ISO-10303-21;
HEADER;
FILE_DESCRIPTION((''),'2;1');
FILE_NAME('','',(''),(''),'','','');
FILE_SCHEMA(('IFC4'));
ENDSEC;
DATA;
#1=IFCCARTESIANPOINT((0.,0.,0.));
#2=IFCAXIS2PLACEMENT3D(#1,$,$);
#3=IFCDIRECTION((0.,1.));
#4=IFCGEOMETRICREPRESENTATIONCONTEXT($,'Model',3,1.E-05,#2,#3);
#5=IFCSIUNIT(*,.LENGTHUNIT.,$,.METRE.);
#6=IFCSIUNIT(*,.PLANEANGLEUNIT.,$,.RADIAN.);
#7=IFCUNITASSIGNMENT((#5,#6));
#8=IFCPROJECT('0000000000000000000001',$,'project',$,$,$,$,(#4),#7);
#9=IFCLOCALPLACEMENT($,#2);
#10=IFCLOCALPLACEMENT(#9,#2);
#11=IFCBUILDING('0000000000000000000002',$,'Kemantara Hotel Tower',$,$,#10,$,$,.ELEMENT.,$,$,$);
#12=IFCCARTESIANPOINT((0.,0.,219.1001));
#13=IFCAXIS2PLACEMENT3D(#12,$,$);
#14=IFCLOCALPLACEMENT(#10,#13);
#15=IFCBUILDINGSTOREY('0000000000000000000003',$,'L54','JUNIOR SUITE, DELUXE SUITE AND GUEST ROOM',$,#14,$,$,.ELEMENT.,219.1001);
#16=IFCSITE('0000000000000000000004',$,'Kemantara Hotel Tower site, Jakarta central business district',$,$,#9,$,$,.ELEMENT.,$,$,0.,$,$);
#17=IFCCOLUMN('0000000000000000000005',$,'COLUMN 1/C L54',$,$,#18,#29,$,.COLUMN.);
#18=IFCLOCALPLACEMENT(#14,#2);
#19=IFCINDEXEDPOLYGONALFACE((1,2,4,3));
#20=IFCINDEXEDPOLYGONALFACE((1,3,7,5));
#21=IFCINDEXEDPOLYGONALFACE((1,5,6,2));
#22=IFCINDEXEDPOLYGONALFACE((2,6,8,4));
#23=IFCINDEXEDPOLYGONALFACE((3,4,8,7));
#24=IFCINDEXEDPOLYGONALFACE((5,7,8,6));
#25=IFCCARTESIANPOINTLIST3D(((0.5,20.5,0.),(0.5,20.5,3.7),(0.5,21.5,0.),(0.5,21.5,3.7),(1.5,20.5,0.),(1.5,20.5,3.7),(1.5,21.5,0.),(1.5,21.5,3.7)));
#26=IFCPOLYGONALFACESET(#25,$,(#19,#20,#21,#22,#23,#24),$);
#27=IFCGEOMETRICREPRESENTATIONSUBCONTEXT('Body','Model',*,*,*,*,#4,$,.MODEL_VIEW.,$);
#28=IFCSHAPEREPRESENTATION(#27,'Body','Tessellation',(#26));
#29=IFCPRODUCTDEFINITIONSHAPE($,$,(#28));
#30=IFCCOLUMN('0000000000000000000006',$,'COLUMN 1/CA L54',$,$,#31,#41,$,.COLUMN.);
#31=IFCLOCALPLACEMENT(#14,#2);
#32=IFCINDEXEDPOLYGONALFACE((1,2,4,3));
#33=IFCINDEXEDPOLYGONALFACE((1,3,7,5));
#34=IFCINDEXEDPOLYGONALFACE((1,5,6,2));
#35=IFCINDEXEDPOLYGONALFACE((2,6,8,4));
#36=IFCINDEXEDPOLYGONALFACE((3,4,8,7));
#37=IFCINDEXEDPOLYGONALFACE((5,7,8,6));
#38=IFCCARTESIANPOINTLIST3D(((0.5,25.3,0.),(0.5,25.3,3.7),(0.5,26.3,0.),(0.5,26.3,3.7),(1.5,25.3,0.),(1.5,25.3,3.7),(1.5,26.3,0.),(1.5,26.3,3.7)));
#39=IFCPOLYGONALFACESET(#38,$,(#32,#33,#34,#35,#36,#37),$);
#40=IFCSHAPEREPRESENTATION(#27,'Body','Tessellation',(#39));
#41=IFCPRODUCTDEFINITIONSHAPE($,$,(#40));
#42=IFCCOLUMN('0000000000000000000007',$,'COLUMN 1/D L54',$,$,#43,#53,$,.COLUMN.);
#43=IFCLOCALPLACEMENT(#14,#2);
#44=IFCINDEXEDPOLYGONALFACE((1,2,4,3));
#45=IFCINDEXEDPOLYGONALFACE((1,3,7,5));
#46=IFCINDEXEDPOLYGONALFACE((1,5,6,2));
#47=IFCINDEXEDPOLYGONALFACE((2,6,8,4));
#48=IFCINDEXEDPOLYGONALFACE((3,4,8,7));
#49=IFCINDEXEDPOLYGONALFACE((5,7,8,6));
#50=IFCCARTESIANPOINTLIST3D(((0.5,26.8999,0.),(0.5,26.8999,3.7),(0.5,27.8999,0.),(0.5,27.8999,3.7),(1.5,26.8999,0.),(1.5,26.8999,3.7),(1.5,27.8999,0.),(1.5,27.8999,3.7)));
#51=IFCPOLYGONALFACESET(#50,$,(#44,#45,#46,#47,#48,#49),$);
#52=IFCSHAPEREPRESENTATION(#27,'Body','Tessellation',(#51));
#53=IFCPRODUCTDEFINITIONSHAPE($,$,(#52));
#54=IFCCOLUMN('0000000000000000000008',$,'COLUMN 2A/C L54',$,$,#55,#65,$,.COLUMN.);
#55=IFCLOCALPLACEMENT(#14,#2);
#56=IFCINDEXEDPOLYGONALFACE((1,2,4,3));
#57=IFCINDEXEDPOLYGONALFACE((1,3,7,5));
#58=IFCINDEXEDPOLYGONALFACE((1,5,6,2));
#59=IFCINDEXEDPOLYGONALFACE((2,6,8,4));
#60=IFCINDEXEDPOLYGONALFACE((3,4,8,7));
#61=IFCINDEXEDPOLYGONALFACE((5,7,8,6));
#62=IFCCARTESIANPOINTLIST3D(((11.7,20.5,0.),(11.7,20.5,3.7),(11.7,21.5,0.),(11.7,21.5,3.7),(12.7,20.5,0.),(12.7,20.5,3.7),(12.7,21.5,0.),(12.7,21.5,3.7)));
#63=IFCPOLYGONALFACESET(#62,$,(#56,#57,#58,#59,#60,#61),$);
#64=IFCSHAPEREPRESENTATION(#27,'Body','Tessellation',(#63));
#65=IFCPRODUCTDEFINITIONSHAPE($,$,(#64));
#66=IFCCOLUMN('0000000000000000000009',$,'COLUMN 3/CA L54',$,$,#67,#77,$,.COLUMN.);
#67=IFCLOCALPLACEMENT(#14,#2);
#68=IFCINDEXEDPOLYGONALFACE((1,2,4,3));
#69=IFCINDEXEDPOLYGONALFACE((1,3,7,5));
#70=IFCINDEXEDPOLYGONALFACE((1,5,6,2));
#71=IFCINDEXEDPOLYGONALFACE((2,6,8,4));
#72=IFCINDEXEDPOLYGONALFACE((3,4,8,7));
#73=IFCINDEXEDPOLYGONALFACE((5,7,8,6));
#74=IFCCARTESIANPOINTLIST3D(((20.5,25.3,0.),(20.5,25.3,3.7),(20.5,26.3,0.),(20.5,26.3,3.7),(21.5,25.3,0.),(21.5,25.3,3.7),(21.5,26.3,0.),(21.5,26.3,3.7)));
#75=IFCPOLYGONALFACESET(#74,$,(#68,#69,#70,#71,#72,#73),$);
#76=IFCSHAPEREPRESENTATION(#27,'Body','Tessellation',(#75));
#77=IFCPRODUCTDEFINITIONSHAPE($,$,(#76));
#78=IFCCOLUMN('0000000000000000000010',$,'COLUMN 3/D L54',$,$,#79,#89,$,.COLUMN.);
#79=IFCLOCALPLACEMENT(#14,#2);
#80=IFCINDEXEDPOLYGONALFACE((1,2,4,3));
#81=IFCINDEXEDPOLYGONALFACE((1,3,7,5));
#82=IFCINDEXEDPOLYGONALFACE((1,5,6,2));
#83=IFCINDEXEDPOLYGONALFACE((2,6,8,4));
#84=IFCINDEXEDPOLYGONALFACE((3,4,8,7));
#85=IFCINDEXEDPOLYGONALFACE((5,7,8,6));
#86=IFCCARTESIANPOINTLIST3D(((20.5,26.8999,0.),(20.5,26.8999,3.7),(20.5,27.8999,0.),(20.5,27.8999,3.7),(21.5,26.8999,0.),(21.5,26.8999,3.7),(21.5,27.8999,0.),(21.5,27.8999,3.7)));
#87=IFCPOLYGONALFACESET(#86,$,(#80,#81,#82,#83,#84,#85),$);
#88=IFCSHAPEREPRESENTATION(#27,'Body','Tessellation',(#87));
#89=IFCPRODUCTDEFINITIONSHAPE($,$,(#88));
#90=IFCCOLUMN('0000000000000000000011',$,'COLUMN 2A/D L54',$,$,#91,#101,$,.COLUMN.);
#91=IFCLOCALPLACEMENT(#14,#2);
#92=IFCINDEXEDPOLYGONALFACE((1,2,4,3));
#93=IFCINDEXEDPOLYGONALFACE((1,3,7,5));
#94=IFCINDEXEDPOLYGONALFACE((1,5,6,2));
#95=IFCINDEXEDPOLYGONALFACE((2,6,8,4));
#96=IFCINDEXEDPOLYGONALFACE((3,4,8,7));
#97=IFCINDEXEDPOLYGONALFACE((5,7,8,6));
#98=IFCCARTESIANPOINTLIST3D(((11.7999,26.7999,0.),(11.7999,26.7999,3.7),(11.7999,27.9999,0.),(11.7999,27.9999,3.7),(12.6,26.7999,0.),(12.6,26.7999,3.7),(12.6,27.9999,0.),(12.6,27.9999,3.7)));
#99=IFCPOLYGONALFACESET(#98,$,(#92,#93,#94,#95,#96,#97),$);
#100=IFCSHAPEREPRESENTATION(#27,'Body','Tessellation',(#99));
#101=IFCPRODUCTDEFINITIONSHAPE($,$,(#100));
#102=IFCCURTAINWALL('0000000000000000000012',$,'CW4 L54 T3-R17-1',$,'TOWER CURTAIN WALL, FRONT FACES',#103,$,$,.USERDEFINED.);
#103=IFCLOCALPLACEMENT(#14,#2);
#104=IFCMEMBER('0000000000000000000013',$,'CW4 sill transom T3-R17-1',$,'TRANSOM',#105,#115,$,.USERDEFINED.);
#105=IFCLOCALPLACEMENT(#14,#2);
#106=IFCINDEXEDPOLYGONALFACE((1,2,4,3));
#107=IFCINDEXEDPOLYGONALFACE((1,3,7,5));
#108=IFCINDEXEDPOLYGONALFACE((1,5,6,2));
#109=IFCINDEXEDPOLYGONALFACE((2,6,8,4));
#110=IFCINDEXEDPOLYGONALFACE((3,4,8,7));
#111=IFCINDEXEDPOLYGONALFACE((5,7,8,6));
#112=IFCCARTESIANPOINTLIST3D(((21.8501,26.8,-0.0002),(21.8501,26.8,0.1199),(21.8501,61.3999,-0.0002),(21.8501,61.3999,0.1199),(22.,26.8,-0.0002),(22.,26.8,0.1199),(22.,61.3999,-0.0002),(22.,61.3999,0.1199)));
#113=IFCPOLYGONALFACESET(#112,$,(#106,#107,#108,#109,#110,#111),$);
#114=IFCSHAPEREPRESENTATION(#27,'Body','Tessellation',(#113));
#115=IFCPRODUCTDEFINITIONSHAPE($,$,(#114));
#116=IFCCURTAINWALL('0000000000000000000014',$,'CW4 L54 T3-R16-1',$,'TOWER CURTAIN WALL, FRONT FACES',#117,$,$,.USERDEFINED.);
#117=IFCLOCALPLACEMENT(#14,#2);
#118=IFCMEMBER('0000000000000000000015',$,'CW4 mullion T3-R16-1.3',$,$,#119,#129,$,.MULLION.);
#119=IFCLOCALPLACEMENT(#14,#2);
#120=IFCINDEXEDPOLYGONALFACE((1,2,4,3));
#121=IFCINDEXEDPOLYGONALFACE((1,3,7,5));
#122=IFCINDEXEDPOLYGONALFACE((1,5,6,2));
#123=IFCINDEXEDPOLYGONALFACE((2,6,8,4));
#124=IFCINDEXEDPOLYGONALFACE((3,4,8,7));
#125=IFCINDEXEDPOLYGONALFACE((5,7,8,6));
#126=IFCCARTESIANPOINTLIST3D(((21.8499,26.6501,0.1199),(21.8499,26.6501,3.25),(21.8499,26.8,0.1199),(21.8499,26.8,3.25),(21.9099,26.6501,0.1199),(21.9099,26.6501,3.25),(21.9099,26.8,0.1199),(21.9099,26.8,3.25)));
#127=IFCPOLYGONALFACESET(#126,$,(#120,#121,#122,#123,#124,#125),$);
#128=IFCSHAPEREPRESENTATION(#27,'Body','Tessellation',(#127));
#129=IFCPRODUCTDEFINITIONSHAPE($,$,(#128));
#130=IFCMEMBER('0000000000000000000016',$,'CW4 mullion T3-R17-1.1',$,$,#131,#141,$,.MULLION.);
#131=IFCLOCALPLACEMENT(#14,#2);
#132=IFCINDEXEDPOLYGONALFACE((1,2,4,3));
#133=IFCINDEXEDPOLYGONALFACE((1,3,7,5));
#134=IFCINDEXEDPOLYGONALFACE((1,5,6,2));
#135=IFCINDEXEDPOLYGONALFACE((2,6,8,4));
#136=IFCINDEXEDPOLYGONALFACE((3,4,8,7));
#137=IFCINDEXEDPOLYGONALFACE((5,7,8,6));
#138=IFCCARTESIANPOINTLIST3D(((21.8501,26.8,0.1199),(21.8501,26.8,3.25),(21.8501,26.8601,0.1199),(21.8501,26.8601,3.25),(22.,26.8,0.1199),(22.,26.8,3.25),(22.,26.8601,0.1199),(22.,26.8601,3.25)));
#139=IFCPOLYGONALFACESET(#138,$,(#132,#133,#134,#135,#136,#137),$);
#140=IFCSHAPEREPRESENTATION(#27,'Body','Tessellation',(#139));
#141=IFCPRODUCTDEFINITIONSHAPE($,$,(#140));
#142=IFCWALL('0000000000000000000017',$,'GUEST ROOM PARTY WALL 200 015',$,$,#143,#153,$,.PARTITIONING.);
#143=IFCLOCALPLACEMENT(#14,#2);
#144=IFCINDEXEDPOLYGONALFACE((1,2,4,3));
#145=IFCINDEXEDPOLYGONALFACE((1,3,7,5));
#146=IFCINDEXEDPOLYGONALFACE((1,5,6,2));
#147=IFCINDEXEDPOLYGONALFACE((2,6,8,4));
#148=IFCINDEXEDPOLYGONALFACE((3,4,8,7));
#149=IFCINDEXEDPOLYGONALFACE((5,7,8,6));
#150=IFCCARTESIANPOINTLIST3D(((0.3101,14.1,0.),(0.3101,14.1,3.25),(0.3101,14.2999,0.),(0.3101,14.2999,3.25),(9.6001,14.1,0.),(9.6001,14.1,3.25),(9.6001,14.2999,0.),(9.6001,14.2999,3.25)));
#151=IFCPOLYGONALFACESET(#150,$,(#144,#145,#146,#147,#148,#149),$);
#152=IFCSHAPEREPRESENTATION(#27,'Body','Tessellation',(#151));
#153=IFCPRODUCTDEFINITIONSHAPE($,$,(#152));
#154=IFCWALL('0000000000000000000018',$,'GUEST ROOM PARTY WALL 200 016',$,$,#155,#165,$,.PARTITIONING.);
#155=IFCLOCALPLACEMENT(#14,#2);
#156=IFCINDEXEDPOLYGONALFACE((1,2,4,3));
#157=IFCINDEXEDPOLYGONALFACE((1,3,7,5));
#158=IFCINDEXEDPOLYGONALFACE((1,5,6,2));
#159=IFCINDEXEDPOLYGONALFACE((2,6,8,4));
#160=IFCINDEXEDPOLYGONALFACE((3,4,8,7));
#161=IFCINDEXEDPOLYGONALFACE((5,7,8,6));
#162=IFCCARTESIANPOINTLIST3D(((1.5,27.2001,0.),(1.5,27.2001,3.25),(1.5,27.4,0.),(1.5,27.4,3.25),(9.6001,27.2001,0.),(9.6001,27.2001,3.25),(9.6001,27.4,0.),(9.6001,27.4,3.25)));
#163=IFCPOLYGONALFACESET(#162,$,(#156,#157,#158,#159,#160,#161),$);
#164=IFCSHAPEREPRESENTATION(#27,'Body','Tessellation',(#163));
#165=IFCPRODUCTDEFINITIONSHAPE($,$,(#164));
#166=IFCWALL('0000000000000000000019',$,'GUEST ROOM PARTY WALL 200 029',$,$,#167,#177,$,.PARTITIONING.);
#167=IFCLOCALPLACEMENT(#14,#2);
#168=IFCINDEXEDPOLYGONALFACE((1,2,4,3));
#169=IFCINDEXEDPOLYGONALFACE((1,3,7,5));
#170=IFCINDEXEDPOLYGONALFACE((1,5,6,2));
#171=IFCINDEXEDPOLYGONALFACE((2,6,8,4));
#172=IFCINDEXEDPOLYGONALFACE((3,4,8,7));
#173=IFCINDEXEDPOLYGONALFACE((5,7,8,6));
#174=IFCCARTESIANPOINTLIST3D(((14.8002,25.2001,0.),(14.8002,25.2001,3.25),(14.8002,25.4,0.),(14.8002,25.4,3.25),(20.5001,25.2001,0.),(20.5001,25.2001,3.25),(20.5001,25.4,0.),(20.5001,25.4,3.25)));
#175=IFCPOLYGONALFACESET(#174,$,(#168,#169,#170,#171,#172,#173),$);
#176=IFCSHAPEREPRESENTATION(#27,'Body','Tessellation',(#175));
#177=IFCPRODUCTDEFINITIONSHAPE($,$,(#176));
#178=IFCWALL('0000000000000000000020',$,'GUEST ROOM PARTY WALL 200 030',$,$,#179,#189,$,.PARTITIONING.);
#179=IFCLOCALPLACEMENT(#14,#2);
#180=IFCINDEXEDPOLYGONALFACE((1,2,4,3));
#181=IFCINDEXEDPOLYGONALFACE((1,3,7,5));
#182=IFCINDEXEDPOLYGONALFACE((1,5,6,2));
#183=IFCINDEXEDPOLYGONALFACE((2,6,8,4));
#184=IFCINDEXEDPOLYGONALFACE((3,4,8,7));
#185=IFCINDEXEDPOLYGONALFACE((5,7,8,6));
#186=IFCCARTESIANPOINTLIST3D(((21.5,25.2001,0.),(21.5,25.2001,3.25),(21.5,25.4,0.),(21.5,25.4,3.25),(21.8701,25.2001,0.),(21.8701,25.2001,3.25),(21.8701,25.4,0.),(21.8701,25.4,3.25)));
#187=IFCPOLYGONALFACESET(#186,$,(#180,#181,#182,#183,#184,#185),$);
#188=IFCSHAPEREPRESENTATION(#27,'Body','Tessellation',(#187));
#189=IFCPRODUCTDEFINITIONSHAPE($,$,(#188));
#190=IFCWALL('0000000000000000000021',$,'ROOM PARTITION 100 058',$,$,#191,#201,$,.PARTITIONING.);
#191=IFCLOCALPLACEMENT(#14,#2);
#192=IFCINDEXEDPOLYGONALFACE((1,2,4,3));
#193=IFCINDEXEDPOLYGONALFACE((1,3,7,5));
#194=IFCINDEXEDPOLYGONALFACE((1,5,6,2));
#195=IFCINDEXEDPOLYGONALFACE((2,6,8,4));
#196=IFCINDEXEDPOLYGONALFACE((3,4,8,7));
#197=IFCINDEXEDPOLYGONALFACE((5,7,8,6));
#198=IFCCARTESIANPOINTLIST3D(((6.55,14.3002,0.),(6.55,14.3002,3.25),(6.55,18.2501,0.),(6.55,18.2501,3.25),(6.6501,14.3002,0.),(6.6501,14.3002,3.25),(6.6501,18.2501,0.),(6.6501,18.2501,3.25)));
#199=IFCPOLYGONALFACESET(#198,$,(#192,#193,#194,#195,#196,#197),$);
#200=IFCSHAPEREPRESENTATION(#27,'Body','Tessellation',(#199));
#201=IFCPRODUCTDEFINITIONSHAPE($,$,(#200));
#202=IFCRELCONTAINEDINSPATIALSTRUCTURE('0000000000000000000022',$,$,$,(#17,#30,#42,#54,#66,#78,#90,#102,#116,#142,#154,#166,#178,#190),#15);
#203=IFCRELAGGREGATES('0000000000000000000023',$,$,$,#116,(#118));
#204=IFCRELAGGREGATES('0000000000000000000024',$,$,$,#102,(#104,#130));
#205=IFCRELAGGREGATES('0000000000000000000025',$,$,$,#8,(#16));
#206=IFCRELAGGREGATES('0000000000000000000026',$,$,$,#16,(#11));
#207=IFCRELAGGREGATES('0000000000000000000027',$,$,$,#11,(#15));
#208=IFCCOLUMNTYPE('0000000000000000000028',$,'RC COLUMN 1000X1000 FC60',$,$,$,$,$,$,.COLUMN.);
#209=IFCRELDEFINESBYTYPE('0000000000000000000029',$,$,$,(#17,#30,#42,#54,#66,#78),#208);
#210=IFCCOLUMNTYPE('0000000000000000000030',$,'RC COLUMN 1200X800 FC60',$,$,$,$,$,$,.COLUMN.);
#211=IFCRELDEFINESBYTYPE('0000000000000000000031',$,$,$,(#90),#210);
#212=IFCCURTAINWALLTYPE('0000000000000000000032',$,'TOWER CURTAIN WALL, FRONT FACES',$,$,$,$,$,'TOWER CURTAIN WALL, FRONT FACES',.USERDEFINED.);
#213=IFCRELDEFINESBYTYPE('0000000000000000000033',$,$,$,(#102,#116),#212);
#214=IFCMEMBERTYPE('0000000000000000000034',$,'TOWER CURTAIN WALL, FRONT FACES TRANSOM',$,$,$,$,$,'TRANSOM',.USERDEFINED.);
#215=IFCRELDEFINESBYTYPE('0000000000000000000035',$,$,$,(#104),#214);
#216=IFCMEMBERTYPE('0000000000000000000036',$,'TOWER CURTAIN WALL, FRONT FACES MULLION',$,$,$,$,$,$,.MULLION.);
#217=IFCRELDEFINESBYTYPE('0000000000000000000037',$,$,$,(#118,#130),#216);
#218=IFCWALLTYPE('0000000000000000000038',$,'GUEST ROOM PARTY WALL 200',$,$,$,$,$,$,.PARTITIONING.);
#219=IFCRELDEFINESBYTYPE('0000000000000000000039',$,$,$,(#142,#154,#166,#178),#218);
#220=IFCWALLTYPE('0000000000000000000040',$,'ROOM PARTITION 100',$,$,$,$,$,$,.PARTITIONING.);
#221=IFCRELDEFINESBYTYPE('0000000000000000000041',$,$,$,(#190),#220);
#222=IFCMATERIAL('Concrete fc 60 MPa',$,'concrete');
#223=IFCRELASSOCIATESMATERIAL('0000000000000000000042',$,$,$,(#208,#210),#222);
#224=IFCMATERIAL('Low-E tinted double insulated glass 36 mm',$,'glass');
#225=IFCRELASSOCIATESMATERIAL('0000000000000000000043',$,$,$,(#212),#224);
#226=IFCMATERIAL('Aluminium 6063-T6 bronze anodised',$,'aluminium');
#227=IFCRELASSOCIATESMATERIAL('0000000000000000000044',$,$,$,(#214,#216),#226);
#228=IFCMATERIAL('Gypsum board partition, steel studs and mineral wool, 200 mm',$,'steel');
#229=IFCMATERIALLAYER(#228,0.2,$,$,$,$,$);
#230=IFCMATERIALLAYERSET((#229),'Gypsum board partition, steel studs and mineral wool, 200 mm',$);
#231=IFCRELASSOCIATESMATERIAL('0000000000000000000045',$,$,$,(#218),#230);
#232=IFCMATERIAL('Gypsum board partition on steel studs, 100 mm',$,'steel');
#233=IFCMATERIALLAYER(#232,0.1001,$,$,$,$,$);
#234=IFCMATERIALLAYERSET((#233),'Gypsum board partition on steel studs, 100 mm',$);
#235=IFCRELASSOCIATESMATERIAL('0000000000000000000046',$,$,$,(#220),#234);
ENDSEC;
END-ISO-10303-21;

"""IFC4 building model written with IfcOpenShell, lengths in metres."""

from ifc_helpers import new_model, si_unit, direction, frame, frame_2d, origin, origin_2d, place, context, subcontext, project, spatial, rectangle, extrude, source, transform, mapped, material, layer, layer_set, material_profile, profile_set, type_object, element, aggregate, save


model = new_model("IFC4")

# Units and contexts
model_context = context("Model", 3, precision=1e-05, world=origin(), true_north=direction((0.0, 1.0)))
body_context = subcontext(model_context, "Body", "Model", "MODEL_VIEW")
ifc_project = project(units=[si_unit("LENGTHUNIT", "METRE"), si_unit("PLANEANGLEUNIT", "RADIAN")], contexts=[model_context])

# Site, building, storey
site_placement = place(None, origin())
site = spatial("IfcSite", under=ifc_project, at=site_placement, Name="Kemantara Hotel Tower site, Jakarta central business district", CompositionType="ELEMENT", RefElevation=0.0)
building_placement = place(site_placement, origin())
building = spatial("IfcBuilding", under=site, at=building_placement, Name="Kemantara Hotel Tower", CompositionType="ELEMENT")
storey_placement = place(building_placement, frame((0.0, 0.0, 219.1001)))
storey = spatial("IfcBuildingStorey", under=building, at=storey_placement, Name="L54", Description="JUNIOR SUITE, DELUXE SUITE AND GUEST ROOM", CompositionType="ELEMENT", Elevation=219.1001)

# Columns
ifc_material_1 = material(Name="Concrete fc 60 MPa", Category="concrete")
ifc_material_profile_1 = material_profile(ifc_material_1, rectangle(XDim=1.0, YDim=1.0, at=origin_2d()), Name="RC 1000X1000")
ifc_profile_set_1 = profile_set([ifc_material_profile_1], Name="Concrete fc 60 MPa")
column_type_1 = type_object("IfcColumnType", Name="RC COLUMN 1000X1000 FC60", PredefinedType="COLUMN", material=ifc_profile_set_1)
for number, where, z_axis, x_axis, name in (
    (1, (1.0, 21.0, 0.0), (0.0, 0.0, 1.0), (1.0, 0.0, 0.0), "COLUMN 1/C L54"),
    (2, (1.0, 25.8, 0.0), (0.0, 0.0, 1.0), (1.0, 0.0, 0.0), "COLUMN 1/CA L54"),
    (3, (1.0, 27.3999, 0.0), (0.0, 0.0, 1.0), (1.0, 0.0, 0.0), "COLUMN 1/D L54"),
    (4, (12.2, 21.0, 0.0), (0.0, 0.0, 1.0), (1.0, 0.0, 0.0), "COLUMN 2A/C L54"),
    (5, (21.0, 25.8, 0.0), (0.0, 0.0, 1.0), (1.0, 0.0, 0.0), "COLUMN 3/CA L54"),
    (6, (21.0, 27.3999, 0.0), (0.0, 0.0, 1.0), (1.0, 0.0, 0.0), "COLUMN 3/D L54"),
):
    element("IfcColumn", number, at=place(storey_placement, frame(where, z_axis=z_axis, x_axis=x_axis)), inside=storey, type_object=column_type_1, Name=name, PredefinedType="COLUMN", context=body_context, shape_type="SweptSolid", body=[
        extrude(rectangle(XDim=1.0, YDim=1.0, at=origin_2d()), origin(), (0.0, 0.0, 1.0), 3.7),
    ])
ifc_material_profile_2 = material_profile(ifc_material_1, rectangle(XDim=1.2, YDim=0.8, at=origin_2d()), Name="RC 1200X800")
ifc_profile_set_2 = profile_set([ifc_material_profile_2], Name="Concrete fc 60 MPa")
column_type_2 = type_object("IfcColumnType", Name="RC COLUMN 1200X800 FC60", PredefinedType="COLUMN", material=ifc_profile_set_2)
column_placement = place(storey_placement, frame((12.2, 27.3999, 0.0), z_axis=(0.0, 0.0, 1.0), x_axis=(0.0, 1.0, 0.0)))
element("IfcColumn", 7, at=column_placement, inside=storey, type_object=column_type_2, Name="COLUMN 2A/D L54", PredefinedType="COLUMN", context=body_context, shape_type="SweptSolid", body=[
    extrude(rectangle(XDim=1.2, YDim=0.8, at=origin_2d()), origin(), (0.0, 0.0, 1.0), 3.7),
])

# Curtain walls, members
ifc_material_2 = material(Name="Low-E tinted double insulated glass 36 mm", Category="glass")
curtain_wall_type = type_object("IfcCurtainWallType", Name="TOWER CURTAIN WALL, FRONT FACES", ElementType="TOWER CURTAIN WALL, FRONT FACES", PredefinedType="USERDEFINED", material=ifc_material_2)
curtain_wall_1_placement = place(storey_placement, origin())
curtain_wall_1 = element("IfcCurtainWall", 8, at=curtain_wall_1_placement, inside=storey, type_object=curtain_wall_type, Name="CW4 L54 T3-R17-1", ObjectType="TOWER CURTAIN WALL, FRONT FACES", PredefinedType="USERDEFINED")
ifc_material_3 = material(Name="Aluminium 6063-T6 bronze anodised", Category="aluminium")
ifc_material_profile_3 = material_profile(ifc_material_3, rectangle(XDim=0.1499, YDim=0.1201, at=origin_2d()), Name="TOWER CURTAIN WALL, FRONT FACES TRANSOM")
ifc_profile_set_3 = profile_set([ifc_material_profile_3], Name="Aluminium 6063-T6 bronze anodised")
member_type_1 = type_object("IfcMemberType", Name="TOWER CURTAIN WALL, FRONT FACES TRANSOM", ElementType="TRANSOM", PredefinedType="USERDEFINED", material=ifc_profile_set_3)
member_1_placement = place(storey_placement, frame((21.925, 26.8, 0.0598), z_axis=(0.0, 1.0, 0.0), x_axis=(-1.0, 0.0, 0.0)))
member_1 = element("IfcMember", 9, at=member_1_placement, type_object=member_type_1, Name="CW4 sill transom T3-R17-1", ObjectType="TRANSOM", PredefinedType="USERDEFINED", context=body_context, shape_type="SweptSolid", body=[
    extrude(rectangle(XDim=0.1499, YDim=0.1201, at=origin_2d()), origin(), (0.0, 0.0, 1.0), 34.5999),
])
curtain_wall_2_placement = place(storey_placement, origin())
curtain_wall_2 = element("IfcCurtainWall", 10, at=curtain_wall_2_placement, inside=storey, type_object=curtain_wall_type, Name="CW4 L54 T3-R16-1", ObjectType="TOWER CURTAIN WALL, FRONT FACES", PredefinedType="USERDEFINED")
ifc_material_profile_4 = material_profile(ifc_material_3, rectangle(XDim=0.1499, YDim=0.0601, at=origin_2d()), Name="TOWER CURTAIN WALL, FRONT FACES MULLION")
ifc_profile_set_4 = profile_set([ifc_material_profile_4], Name="Aluminium 6063-T6 bronze anodised")
member_type_2 = type_object("IfcMemberType", Name="TOWER CURTAIN WALL, FRONT FACES MULLION", PredefinedType="MULLION", material=ifc_profile_set_4)
shared_shape_1 = source(origin(), body_context, "Body", "SweptSolid", [
    extrude(rectangle(XDim=0.1499, YDim=0.0601, at=origin_2d()), origin(), (0.0, 0.0, 1.0), 3.1301),
])
member_2_placement = place(storey_placement, frame((21.8799, 26.7251, 0.1199), z_axis=(0.0, 0.0, 1.0), x_axis=(0.0, -1.0, 0.0)))
member_2 = element("IfcMember", 11, at=member_2_placement, type_object=member_type_2, Name="CW4 mullion T3-R16-1.3", PredefinedType="MULLION", context=body_context, shape_type="MappedRepresentation", body=[
    mapped(shared_shape_1, transform((0.0, 0.0, 0.0))),
])
aggregate(curtain_wall_2, [member_2])

# Member
member_3_placement = place(storey_placement, frame((21.925, 26.8301, 0.1199), z_axis=(0.0, 0.0, 1.0), x_axis=(-1.0, 0.0, 0.0)))
member_3 = element("IfcMember", 12, at=member_3_placement, type_object=member_type_2, Name="CW4 mullion T3-R17-1.1", PredefinedType="MULLION", context=body_context, shape_type="MappedRepresentation", body=[
    mapped(shared_shape_1, transform((0.0, 0.0, 0.0))),
])
aggregate(curtain_wall_1, [member_1, member_3])

# Walls
ifc_material_4 = material(Name="Gypsum board partition, steel studs and mineral wool, 200 mm", Category="steel")
ifc_layer_1 = layer(ifc_material_4, 0.2)
ifc_layer_set_1 = layer_set([ifc_layer_1], Name="Gypsum board partition, steel studs and mineral wool, 200 mm")
wall_type_1 = type_object("IfcWallType", Name="GUEST ROOM PARTY WALL 200", PredefinedType="PARTITIONING", material=ifc_layer_set_1)
wall_1_placement = place(storey_placement, frame((0.3101, 14.2, 0.0), z_axis=(0.0, 0.0, 1.0), x_axis=(1.0, 0.0, 0.0)))
element("IfcWall", 13, at=wall_1_placement, inside=storey, type_object=wall_type_1, Name="GUEST ROOM PARTY WALL 200 015", PredefinedType="PARTITIONING", context=body_context, shape_type="SweptSolid", body=[
    extrude(rectangle(XDim=9.29, YDim=0.2, at=frame_2d((4.645, 0.0))), origin(), (0.0, 0.0, 1.0), 3.25),
])
wall_2_placement = place(storey_placement, frame((1.5, 27.3, 0.0), z_axis=(0.0, 0.0, 1.0), x_axis=(1.0, 0.0, 0.0)))
element("IfcWall", 14, at=wall_2_placement, inside=storey, type_object=wall_type_1, Name="GUEST ROOM PARTY WALL 200 016", PredefinedType="PARTITIONING", context=body_context, shape_type="SweptSolid", body=[
    extrude(rectangle(XDim=8.1001, YDim=0.2, at=frame_2d((4.05, 0.0))), origin(), (0.0, 0.0, 1.0), 3.25),
])
wall_3_placement = place(storey_placement, frame((14.8, 25.3, 0.0), z_axis=(0.0, 0.0, 1.0), x_axis=(1.0, 0.0, 0.0)))
element("IfcWall", 15, at=wall_3_placement, inside=storey, type_object=wall_type_1, Name="GUEST ROOM PARTY WALL 200 029", PredefinedType="PARTITIONING", context=body_context, shape_type="SweptSolid", body=[
    extrude(rectangle(XDim=5.7, YDim=0.2, at=frame_2d((2.8501, 0.0))), origin(), (0.0, 0.0, 1.0), 3.25),
])
wall_4_placement = place(storey_placement, frame((21.5, 25.3, 0.0), z_axis=(0.0, 0.0, 1.0), x_axis=(1.0, 0.0, 0.0)))
element("IfcWall", 16, at=wall_4_placement, inside=storey, type_object=wall_type_1, Name="GUEST ROOM PARTY WALL 200 030", PredefinedType="PARTITIONING", context=body_context, shape_type="SweptSolid", body=[
    extrude(rectangle(XDim=0.3701, YDim=0.2, at=frame_2d((0.1851, 0.0))), origin(), (0.0, 0.0, 1.0), 3.25),
])
ifc_material_5 = material(Name="Gypsum board partition on steel studs, 100 mm", Category="steel")
ifc_layer_2 = layer(ifc_material_5, 0.1001)
ifc_layer_set_2 = layer_set([ifc_layer_2], Name="Gypsum board partition on steel studs, 100 mm")
wall_type_2 = type_object("IfcWallType", Name="ROOM PARTITION 100", PredefinedType="PARTITIONING", material=ifc_layer_set_2)
wall_5_placement = place(storey_placement, frame((6.6001, 14.3, 0.0), z_axis=(0.0, 0.0, 1.0), x_axis=(0.0, 1.0, 0.0)))
element("IfcWall", 17, at=wall_5_placement, inside=storey, type_object=wall_type_2, Name="ROOM PARTITION 100 058", PredefinedType="PARTITIONING", context=body_context, shape_type="SweptSolid", body=[
    extrude(rectangle(XDim=3.95, YDim=0.1001, at=frame_2d((1.9751, 0.0))), origin(), (0.0, 0.0, 1.0), 3.25),
])

save(model, "model.ifc")
